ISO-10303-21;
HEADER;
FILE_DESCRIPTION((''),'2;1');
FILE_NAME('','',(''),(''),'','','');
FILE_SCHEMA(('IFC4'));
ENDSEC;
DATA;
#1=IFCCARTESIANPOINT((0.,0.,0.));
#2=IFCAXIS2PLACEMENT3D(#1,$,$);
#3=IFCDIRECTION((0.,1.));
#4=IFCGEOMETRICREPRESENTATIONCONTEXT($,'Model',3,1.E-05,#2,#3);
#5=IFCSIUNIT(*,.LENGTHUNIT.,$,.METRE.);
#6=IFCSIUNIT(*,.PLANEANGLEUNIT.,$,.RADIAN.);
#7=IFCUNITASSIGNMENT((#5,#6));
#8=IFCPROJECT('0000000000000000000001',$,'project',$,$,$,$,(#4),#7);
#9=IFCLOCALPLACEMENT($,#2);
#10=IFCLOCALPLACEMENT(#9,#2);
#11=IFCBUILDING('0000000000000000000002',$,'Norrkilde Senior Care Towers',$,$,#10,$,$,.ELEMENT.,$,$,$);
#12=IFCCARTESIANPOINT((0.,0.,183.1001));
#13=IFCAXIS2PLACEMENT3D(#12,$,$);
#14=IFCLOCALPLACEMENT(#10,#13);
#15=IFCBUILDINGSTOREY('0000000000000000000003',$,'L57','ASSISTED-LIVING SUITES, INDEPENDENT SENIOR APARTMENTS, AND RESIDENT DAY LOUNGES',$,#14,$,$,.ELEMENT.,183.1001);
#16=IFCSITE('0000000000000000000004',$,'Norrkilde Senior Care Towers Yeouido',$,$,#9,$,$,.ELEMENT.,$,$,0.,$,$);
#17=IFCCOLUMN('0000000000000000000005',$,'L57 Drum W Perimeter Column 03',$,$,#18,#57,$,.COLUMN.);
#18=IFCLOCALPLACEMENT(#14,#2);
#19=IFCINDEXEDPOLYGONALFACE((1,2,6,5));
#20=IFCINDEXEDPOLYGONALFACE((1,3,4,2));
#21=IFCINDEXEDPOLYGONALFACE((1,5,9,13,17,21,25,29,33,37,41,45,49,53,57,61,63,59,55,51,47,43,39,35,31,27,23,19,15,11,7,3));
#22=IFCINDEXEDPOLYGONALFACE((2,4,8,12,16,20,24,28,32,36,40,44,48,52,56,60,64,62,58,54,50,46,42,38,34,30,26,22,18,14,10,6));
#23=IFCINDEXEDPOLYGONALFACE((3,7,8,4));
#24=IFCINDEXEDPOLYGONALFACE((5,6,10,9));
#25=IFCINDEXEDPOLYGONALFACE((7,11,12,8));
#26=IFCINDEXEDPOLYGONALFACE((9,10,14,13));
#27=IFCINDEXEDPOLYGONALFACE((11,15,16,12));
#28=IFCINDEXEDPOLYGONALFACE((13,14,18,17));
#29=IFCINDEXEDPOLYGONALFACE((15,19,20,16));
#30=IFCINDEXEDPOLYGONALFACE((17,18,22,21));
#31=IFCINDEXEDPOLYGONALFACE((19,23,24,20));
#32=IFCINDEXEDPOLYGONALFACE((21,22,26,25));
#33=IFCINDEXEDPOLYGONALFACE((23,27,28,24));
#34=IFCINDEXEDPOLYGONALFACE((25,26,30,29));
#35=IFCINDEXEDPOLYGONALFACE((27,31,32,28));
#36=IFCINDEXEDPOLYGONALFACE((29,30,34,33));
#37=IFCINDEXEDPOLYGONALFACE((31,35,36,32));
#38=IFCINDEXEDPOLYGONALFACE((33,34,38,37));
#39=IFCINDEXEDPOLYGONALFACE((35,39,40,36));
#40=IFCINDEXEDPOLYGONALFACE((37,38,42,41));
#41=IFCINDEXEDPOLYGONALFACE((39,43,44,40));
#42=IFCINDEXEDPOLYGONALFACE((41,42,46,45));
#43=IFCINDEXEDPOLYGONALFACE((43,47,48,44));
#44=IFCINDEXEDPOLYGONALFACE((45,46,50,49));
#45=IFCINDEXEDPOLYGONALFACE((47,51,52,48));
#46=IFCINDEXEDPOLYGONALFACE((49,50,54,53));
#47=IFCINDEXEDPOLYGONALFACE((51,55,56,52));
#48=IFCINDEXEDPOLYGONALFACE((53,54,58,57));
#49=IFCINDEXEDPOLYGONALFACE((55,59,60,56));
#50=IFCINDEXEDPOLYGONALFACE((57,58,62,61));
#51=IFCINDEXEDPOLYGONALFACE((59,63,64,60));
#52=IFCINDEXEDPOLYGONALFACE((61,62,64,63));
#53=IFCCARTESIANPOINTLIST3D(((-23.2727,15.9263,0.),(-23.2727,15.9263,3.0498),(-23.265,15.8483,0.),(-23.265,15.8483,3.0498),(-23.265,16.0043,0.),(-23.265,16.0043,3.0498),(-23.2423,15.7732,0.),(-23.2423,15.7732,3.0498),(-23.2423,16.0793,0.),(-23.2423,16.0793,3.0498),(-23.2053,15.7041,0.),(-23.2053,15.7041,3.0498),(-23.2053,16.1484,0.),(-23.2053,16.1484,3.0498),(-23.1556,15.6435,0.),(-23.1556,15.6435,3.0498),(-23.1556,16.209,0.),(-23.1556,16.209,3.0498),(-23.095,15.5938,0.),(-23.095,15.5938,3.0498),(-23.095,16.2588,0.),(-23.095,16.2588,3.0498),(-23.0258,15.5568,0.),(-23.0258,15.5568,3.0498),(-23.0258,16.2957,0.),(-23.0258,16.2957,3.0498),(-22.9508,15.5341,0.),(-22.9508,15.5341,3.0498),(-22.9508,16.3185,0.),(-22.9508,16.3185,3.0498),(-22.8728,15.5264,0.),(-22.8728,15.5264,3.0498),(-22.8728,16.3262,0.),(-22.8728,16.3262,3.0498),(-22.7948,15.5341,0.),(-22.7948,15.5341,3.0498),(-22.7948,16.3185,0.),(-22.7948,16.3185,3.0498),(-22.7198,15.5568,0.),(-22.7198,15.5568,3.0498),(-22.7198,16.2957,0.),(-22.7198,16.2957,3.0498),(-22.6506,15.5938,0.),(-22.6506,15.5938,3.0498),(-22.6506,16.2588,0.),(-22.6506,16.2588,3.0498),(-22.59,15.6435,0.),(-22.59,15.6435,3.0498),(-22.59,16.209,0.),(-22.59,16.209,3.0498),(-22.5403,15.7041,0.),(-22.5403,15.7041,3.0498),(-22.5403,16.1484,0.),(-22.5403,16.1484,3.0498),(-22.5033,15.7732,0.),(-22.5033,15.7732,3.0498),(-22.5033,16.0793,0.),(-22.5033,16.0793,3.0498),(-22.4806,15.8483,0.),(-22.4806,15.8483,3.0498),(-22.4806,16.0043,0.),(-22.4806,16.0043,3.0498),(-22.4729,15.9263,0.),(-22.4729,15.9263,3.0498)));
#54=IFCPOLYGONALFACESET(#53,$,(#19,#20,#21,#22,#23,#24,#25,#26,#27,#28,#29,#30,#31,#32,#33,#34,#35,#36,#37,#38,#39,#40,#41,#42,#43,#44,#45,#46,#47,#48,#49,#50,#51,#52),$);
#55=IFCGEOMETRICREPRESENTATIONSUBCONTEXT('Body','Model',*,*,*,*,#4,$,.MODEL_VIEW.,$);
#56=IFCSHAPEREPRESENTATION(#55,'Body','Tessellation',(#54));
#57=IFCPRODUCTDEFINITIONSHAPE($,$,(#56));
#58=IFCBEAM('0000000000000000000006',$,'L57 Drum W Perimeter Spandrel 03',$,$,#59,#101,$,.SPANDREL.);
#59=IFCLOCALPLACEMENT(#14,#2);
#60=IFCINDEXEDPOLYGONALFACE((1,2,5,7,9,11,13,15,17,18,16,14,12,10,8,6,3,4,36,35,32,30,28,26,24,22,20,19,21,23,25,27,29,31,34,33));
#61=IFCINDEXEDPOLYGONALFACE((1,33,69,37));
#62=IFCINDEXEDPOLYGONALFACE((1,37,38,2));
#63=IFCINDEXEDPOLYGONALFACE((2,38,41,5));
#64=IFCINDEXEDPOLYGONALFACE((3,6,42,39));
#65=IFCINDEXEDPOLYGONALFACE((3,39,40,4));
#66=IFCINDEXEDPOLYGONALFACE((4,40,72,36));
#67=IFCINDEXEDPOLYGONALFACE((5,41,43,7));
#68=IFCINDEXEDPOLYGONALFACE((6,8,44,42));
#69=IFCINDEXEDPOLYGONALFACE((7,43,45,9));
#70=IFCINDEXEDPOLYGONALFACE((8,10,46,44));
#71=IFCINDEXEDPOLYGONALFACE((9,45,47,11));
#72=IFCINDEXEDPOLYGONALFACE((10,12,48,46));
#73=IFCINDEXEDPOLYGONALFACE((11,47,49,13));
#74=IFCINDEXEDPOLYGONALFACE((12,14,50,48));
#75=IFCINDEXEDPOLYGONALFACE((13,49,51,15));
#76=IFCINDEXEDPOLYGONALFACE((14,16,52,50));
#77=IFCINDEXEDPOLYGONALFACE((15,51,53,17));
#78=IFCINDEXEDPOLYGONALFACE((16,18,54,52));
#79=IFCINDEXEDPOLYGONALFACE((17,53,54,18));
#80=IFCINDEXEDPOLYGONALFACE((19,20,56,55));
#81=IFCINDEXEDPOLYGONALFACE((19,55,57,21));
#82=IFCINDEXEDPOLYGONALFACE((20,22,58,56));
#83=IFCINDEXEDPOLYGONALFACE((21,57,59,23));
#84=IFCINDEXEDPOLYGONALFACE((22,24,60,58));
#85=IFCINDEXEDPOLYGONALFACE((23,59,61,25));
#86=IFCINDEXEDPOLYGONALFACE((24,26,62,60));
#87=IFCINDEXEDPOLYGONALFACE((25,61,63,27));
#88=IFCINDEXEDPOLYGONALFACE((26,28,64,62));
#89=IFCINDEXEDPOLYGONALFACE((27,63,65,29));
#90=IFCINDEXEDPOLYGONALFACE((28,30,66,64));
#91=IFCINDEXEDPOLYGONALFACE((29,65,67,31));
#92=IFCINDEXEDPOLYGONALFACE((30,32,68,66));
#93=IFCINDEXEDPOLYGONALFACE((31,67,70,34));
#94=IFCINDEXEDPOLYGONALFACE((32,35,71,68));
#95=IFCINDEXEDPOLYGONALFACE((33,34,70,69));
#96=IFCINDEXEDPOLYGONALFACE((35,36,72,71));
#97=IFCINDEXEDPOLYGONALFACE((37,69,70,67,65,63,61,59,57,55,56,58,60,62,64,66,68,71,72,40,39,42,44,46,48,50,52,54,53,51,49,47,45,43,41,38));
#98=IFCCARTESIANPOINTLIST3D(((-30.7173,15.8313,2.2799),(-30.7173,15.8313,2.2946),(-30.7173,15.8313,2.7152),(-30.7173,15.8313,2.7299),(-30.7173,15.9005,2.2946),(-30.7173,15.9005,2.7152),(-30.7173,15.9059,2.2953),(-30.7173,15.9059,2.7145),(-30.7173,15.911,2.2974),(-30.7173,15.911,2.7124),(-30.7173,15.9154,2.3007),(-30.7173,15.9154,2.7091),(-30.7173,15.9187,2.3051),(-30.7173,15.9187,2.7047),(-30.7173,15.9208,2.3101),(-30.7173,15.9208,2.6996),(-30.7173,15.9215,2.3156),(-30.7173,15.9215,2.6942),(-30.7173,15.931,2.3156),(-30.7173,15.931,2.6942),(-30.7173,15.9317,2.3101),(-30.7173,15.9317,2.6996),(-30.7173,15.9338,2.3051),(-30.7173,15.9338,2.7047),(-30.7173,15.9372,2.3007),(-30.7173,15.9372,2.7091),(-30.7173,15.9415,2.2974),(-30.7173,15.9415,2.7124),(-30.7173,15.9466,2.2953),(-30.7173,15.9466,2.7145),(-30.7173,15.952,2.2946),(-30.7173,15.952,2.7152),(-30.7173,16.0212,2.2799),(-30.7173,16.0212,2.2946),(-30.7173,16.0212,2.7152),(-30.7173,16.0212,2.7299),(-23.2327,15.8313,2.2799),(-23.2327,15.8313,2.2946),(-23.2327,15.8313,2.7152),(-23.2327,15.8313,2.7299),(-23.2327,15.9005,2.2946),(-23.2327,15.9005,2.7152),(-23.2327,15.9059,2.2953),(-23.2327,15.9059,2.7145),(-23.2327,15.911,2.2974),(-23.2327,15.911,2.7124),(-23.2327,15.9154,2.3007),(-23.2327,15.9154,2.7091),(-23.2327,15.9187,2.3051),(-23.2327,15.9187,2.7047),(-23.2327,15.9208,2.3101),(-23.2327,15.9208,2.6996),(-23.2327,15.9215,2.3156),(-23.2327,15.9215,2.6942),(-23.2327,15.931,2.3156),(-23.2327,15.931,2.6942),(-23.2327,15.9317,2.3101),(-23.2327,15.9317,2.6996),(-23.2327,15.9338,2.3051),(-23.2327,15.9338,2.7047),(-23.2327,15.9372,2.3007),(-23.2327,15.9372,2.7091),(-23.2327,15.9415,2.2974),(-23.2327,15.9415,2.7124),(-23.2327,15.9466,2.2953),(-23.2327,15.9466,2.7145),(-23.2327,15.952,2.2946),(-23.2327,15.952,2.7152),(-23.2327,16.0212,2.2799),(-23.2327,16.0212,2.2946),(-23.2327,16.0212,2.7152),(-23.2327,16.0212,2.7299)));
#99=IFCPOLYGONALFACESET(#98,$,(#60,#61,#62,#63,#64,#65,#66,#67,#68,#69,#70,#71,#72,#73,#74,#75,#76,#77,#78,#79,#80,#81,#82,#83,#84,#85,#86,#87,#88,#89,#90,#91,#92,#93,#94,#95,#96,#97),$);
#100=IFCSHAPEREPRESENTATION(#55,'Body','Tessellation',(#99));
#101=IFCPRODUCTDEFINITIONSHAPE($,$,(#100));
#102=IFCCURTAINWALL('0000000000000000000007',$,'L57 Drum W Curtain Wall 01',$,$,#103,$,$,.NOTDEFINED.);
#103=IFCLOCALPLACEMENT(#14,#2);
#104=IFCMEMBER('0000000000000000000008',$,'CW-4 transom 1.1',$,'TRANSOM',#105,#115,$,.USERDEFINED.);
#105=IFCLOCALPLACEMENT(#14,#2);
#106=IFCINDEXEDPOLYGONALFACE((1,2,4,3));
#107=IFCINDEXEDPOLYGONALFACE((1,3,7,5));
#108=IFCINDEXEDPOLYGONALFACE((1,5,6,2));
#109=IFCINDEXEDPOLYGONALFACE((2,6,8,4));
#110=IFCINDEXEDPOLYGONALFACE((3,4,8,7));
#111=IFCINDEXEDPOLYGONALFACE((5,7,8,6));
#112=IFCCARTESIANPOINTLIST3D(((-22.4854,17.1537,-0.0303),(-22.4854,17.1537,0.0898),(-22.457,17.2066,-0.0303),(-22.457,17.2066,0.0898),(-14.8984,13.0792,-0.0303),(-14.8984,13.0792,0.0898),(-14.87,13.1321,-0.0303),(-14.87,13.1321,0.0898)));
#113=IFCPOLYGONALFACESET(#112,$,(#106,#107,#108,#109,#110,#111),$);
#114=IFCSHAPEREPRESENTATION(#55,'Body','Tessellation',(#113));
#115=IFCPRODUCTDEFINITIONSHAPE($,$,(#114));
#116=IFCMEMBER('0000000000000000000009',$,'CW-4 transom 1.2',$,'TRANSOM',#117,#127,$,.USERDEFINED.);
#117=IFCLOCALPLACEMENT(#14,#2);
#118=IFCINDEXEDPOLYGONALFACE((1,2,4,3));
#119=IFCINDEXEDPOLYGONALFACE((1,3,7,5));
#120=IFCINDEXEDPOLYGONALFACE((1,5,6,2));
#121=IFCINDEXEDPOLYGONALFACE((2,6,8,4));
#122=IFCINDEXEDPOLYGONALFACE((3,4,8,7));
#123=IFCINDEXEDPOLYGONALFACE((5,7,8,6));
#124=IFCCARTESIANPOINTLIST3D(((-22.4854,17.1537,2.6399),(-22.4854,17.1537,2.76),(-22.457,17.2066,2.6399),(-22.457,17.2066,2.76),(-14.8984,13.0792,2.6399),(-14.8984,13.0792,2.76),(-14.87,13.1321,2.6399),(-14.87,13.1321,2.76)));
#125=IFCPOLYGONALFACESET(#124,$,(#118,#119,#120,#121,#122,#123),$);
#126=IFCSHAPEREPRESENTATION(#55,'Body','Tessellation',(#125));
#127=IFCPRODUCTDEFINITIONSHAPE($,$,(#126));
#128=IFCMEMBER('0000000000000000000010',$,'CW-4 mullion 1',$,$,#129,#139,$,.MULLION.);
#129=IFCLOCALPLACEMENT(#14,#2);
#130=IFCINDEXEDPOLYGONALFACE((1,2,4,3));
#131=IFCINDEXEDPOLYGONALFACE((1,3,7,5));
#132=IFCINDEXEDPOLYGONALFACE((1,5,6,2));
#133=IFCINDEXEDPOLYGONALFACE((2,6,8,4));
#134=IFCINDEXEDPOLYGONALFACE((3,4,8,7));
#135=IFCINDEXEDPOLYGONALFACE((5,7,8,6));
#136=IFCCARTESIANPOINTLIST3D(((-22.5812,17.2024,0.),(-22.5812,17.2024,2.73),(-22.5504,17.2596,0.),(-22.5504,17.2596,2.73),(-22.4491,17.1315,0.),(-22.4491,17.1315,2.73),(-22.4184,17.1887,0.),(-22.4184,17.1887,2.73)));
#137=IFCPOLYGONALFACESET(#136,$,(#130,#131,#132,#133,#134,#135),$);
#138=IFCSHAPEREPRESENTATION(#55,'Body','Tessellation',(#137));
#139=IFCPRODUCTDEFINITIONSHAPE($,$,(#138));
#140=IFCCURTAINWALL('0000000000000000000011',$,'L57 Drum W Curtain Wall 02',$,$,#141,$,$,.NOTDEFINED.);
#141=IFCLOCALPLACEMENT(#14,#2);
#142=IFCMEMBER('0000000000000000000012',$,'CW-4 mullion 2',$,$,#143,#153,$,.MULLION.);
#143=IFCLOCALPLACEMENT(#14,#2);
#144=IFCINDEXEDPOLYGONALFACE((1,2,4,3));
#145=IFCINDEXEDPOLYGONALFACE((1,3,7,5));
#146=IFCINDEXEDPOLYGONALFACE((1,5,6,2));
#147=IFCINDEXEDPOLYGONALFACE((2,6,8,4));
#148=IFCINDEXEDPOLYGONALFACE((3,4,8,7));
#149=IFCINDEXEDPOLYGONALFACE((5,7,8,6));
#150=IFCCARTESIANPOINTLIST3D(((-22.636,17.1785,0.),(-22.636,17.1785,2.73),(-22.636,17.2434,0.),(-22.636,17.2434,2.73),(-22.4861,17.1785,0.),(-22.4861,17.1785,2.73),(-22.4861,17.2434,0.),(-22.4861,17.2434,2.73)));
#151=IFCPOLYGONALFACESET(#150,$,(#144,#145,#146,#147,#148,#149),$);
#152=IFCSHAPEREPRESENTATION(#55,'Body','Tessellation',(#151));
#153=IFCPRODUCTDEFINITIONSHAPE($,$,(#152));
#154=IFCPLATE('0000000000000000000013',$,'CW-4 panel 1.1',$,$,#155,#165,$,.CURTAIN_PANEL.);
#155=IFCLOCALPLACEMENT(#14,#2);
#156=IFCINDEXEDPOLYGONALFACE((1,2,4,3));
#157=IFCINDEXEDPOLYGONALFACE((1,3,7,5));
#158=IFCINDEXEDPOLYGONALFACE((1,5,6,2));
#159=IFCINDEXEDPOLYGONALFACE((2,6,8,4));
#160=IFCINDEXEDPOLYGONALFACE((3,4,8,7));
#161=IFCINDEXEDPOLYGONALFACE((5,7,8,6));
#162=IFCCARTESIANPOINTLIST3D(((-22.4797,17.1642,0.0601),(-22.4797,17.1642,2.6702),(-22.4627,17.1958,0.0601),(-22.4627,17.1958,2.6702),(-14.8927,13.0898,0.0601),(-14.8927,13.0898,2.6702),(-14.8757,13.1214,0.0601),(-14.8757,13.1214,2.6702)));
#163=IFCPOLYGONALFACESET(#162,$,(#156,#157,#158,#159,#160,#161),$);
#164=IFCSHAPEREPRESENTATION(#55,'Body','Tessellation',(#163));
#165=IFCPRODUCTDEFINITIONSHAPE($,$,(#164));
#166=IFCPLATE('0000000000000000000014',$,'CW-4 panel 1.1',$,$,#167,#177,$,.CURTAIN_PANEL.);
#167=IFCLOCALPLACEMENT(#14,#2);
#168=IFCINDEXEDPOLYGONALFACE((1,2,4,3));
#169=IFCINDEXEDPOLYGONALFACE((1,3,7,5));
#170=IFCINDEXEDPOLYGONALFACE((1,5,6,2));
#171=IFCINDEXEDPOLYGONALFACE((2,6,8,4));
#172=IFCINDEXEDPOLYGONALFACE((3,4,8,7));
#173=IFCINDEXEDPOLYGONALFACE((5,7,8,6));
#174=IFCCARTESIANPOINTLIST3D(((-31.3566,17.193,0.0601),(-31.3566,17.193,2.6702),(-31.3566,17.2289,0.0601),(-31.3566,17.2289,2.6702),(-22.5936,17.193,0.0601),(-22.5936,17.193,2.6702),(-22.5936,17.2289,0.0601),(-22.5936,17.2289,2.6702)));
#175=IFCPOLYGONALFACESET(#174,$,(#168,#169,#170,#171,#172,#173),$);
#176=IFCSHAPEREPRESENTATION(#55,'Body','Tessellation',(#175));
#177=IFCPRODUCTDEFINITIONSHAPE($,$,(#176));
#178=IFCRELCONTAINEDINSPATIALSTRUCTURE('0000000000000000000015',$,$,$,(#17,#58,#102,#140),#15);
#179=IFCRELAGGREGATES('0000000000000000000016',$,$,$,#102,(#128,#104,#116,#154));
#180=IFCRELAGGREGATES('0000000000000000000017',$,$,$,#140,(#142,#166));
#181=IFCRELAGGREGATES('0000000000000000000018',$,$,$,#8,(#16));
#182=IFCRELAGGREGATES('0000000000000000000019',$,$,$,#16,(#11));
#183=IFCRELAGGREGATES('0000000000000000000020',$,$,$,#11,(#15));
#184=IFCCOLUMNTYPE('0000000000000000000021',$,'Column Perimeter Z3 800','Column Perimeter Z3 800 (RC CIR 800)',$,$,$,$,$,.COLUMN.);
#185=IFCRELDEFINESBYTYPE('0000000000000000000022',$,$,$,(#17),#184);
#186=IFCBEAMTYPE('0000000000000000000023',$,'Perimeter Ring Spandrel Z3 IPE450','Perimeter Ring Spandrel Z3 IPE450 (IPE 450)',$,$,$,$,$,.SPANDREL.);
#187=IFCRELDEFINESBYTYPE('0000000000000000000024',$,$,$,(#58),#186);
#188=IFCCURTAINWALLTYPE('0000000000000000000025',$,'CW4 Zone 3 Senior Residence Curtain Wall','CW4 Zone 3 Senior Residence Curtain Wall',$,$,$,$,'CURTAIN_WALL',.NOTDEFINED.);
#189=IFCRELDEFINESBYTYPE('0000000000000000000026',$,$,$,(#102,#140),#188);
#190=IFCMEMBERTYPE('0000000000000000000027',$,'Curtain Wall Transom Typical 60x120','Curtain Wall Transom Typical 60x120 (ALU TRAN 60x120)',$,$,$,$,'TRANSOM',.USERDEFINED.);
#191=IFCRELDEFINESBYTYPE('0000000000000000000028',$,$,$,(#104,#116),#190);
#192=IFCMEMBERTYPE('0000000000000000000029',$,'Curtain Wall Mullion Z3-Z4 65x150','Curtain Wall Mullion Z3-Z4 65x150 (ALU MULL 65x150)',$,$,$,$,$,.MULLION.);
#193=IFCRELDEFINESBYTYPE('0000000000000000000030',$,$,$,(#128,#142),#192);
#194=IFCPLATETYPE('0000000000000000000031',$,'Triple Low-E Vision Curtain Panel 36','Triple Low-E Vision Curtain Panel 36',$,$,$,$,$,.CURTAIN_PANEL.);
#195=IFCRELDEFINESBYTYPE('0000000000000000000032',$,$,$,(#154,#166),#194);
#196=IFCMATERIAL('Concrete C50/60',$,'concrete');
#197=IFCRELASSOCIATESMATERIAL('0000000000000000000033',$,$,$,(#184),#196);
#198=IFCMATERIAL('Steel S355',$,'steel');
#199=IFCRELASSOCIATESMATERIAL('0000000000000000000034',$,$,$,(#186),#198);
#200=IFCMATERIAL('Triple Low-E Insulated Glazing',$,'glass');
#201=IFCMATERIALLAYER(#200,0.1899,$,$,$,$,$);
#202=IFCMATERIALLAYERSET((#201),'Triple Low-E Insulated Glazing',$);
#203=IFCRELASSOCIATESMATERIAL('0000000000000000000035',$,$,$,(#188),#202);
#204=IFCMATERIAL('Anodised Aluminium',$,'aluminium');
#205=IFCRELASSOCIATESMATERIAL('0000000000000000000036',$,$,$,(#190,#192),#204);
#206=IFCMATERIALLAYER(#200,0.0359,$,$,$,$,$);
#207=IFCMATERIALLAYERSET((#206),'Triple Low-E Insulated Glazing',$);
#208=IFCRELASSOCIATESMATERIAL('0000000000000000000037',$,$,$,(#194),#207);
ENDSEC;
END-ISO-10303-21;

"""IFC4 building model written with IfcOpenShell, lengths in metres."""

from ifc_helpers import new_model, si_unit, direction, frame, origin, origin_2d, place, context, subcontext, project, spatial, rectangle, circle, i_section, extrude, source, transform, mapped, material, layer, layer_set, material_profile, profile_set, type_object, type_shapes, element, aggregate, save


model = new_model("IFC4")

# Units and contexts
model_context = context("Model", 3, precision=1e-05, world=origin(), true_north=direction((0.0, 1.0)))
body_context = subcontext(model_context, "Body", "Model", "MODEL_VIEW")
ifc_project = project(units=[si_unit("LENGTHUNIT", "METRE"), si_unit("PLANEANGLEUNIT", "RADIAN")], contexts=[model_context])

# Site, building, storey
site_placement = place(None, origin())
site = spatial("IfcSite", under=ifc_project, at=site_placement, Name="Norrkilde Senior Care Towers Yeouido", CompositionType="ELEMENT", RefElevation=0.0)
building_placement = place(site_placement, origin())
building = spatial("IfcBuilding", under=site, at=building_placement, Name="Norrkilde Senior Care Towers", CompositionType="ELEMENT")
storey_placement = place(building_placement, frame((0.0, 0.0, 183.1001)))
storey = spatial("IfcBuildingStorey", under=building, at=storey_placement, Name="L57", Description="ASSISTED-LIVING SUITES, INDEPENDENT SENIOR APARTMENTS, AND RESIDENT DAY LOUNGES", CompositionType="ELEMENT", Elevation=183.1001)

# Column
ifc_material_1 = material(Name="Concrete C50/60", Category="concrete")
ifc_material_profile_1 = material_profile(ifc_material_1, circle(Radius=0.3999, at=origin_2d()), Name="RC CIR 800")
ifc_profile_set_1 = profile_set([ifc_material_profile_1], Name="Concrete C50/60")
column_type = type_object("IfcColumnType", Name="Column Perimeter Z3 800", Description="Column Perimeter Z3 800 (RC CIR 800)", PredefinedType="COLUMN", material=ifc_profile_set_1)
shared_shape_1 = source(origin(), body_context, "Body", "SweptSolid", [
    extrude(circle(Radius=0.3999, at=origin_2d()), origin(), (0.0, 0.0, 1.0), 3.0498),
])
type_shapes(column_type, [shared_shape_1])
column_placement = place(storey_placement, frame((-22.8728, 15.9263, 0.0), z_axis=(0.0, 0.0, 1.0), x_axis=(1.0, 0.0, 0.0)))
element("IfcColumn", 1, at=column_placement, inside=storey, type_object=column_type, Name="L57 Drum W Perimeter Column 03", PredefinedType="COLUMN", context=body_context, shape_type="MappedRepresentation", body=[
    mapped(shared_shape_1, transform((0.0, 0.0, 0.0), x_axis=(1.0, 0.0, 0.0), y_axis=(0.0, 1.0, 0.0), z_axis=(0.0, 0.0, 1.0), scale=1.0)),
])

# Beam
ifc_material_2 = material(Name="Steel S355", Category="steel")
ifc_material_profile_2 = material_profile(ifc_material_2, i_section(OverallWidth=0.1899, OverallDepth=0.45, WebThickness=0.0095, FlangeThickness=0.0146, FilletRadius=0.021, at=origin_2d()), Name="IPE 450")
ifc_profile_set_2 = profile_set([ifc_material_profile_2], Name="Steel S355")
beam_type = type_object("IfcBeamType", Name="Perimeter Ring Spandrel Z3 IPE450", Description="Perimeter Ring Spandrel Z3 IPE450 (IPE 450)", PredefinedType="SPANDREL", material=ifc_profile_set_2)
shared_shape_2 = source(origin(), body_context, "Body", "SweptSolid", [
    extrude(i_section(OverallWidth=0.1899, OverallDepth=0.45, WebThickness=0.0095, FlangeThickness=0.0146, FilletRadius=0.021, at=origin_2d()), origin(), (0.0, 0.0, 1.0), 7.4846),
])
type_shapes(beam_type, [shared_shape_2])
beam_placement = place(storey_placement, frame((-23.2327, 15.9263, 2.5049), z_axis=(-1.0, 0.0, 0.0), x_axis=(0.0, -1.0, 0.0)))
element("IfcBeam", 2, at=beam_placement, inside=storey, type_object=beam_type, Name="L57 Drum W Perimeter Spandrel 03", PredefinedType="SPANDREL", context=body_context, shape_type="MappedRepresentation", body=[
    mapped(shared_shape_2, transform((0.0, 0.0, 0.0), x_axis=(1.0, 0.0, 0.0), y_axis=(0.0, 1.0, 0.0), z_axis=(0.0, 0.0, 1.0), scale=1.0)),
])

# Curtain wall, members
ifc_material_3 = material(Name="Triple Low-E Insulated Glazing", Category="glass")
ifc_layer_1 = layer(ifc_material_3, 0.1899)
ifc_layer_set_1 = layer_set([ifc_layer_1], Name="Triple Low-E Insulated Glazing")
curtain_wall_type = type_object("IfcCurtainWallType", Name="CW4 Zone 3 Senior Residence Curtain Wall", Description="CW4 Zone 3 Senior Residence Curtain Wall", ElementType="CURTAIN_WALL", PredefinedType="NOTDEFINED", material=ifc_layer_set_1)
curtain_wall_1_placement = place(storey_placement, origin())
curtain_wall_1 = element("IfcCurtainWall", 3, at=curtain_wall_1_placement, inside=storey, type_object=curtain_wall_type, Name="L57 Drum W Curtain Wall 01", PredefinedType="NOTDEFINED")
ifc_material_4 = material(Name="Anodised Aluminium", Category="aluminium")
ifc_material_profile_3 = material_profile(ifc_material_4, rectangle(XDim=0.0601, YDim=0.1201, at=origin_2d()), Name="ALU TRAN 60x120")
ifc_profile_set_3 = profile_set([ifc_material_profile_3], Name="Anodised Aluminium")
member_type_1 = type_object("IfcMemberType", Name="Curtain Wall Transom Typical 60x120", Description="Curtain Wall Transom Typical 60x120 (ALU TRAN 60x120)", ElementType="TRANSOM", PredefinedType="USERDEFINED", material=ifc_profile_set_3)
shared_shape_3 = source(origin(), body_context, "Body", "SweptSolid", [
    extrude(rectangle(XDim=0.0601, YDim=0.1201, at=origin_2d()), origin(), (0.0, 0.0, 1.0), 8.6118),
])
type_shapes(member_type_1, [shared_shape_3])
member_1_placement = place(storey_placement, frame((-22.4712, 17.1802, 0.0298), z_axis=(0.880994, -0.473127, 0.0), x_axis=(0.473127, 0.880994, 0.0)))
member_1 = element("IfcMember", 4, at=member_1_placement, type_object=member_type_1, Name="CW-4 transom 1.1", ObjectType="TRANSOM", PredefinedType="USERDEFINED", context=body_context, shape_type="MappedRepresentation", body=[
    mapped(shared_shape_3, transform((0.0, 0.0, 0.0), x_axis=(1.0, 0.0, 0.0), y_axis=(0.0, 1.0, 0.0), z_axis=(0.0, 0.0, 1.0), scale=1.0)),
])
member_2_placement = place(storey_placement, frame((-22.4712, 17.1802, 2.7), z_axis=(0.880994, -0.473127, 0.0), x_axis=(0.473127, 0.880994, 0.0)))
member_2 = element("IfcMember", 5, at=member_2_placement, type_object=member_type_1, Name="CW-4 transom 1.2", ObjectType="TRANSOM", PredefinedType="USERDEFINED", context=body_context, shape_type="MappedRepresentation", body=[
    mapped(shared_shape_3, transform((0.0, 0.0, 0.0), x_axis=(1.0, 0.0, 0.0), y_axis=(0.0, 1.0, 0.0), z_axis=(0.0, 0.0, 1.0), scale=1.0)),
])
ifc_material_profile_4 = material_profile(ifc_material_4, rectangle(XDim=0.0649, YDim=0.1499, at=origin_2d()), Name="ALU MULL 65x150")
ifc_profile_set_4 = profile_set([ifc_material_profile_4], Name="Anodised Aluminium")
member_type_2 = type_object("IfcMemberType", Name="Curtain Wall Mullion Z3-Z4 65x150", Description="Curtain Wall Mullion Z3-Z4 65x150 (ALU MULL 65x150)", PredefinedType="MULLION", material=ifc_profile_set_4)
shared_shape_4 = source(origin(), body_context, "Body", "SweptSolid", [
    extrude(rectangle(XDim=0.0649, YDim=0.1499, at=origin_2d()), origin(), (0.0, 0.0, 1.0), 2.73),
])
type_shapes(member_type_2, [shared_shape_4])
member_3_placement = place(storey_placement, frame((-22.4998, 17.1956, 0.0), z_axis=(0.0, 0.0, 1.0), x_axis=(0.473117, 0.881, 0.0)))
member_3 = element("IfcMember", 6, at=member_3_placement, type_object=member_type_2, Name="CW-4 mullion 1", PredefinedType="MULLION", context=body_context, shape_type="MappedRepresentation", body=[
    mapped(shared_shape_4, transform((0.0, 0.0, 0.0), x_axis=(1.0, 0.0, 0.0), y_axis=(0.0, 1.0, 0.0), z_axis=(0.0, 0.0, 1.0), scale=1.0)),
])

# Curtain wall, member
curtain_wall_2_placement = place(storey_placement, origin())
curtain_wall_2 = element("IfcCurtainWall", 7, at=curtain_wall_2_placement, inside=storey, type_object=curtain_wall_type, Name="L57 Drum W Curtain Wall 02", PredefinedType="NOTDEFINED")
member_4_placement = place(storey_placement, frame((-22.561, 17.2109, 0.0), z_axis=(0.0, 0.0, 1.0), x_axis=(0.0, 1.0, 0.0)))
member_4 = element("IfcMember", 8, at=member_4_placement, type_object=member_type_2, Name="CW-4 mullion 2", PredefinedType="MULLION", context=body_context, shape_type="MappedRepresentation", body=[
    mapped(shared_shape_4, transform((0.0, 0.0, 0.0), x_axis=(1.0, 0.0, 0.0), y_axis=(0.0, 1.0, 0.0), z_axis=(0.0, 0.0, 1.0), scale=1.0)),
])

# Plates
ifc_layer_2 = layer(ifc_material_3, 0.0359)
ifc_layer_set_2 = layer_set([ifc_layer_2], Name="Triple Low-E Insulated Glazing")
plate_type = type_object("IfcPlateType", Name="Triple Low-E Vision Curtain Panel 36", Description="Triple Low-E Vision Curtain Panel 36", PredefinedType="CURTAIN_PANEL", material=ifc_layer_set_2)
shared_shape_5 = source(origin(), body_context, "Body", "SweptSolid", [
    extrude(rectangle(XDim=8.6118, YDim=0.0359, at=origin_2d()), origin(), (0.0, 0.0, 1.0), 2.6101),
])
plate_1_placement = place(storey_placement, frame((-18.6777, 15.1428, 0.0601), z_axis=(0.0, 0.0, 1.0), x_axis=(0.881, -0.473117, 0.0)))
plate_1 = element("IfcPlate", 9, at=plate_1_placement, type_object=plate_type, Name="CW-4 panel 1.1", PredefinedType="CURTAIN_PANEL", context=body_context, shape_type="MappedRepresentation", body=[
    mapped(shared_shape_5, transform((0.0, 0.0, 0.0), x_axis=(1.0, 0.0, 0.0), y_axis=(0.0, 1.0, 0.0), z_axis=(0.0, 0.0, 1.0), scale=1.0)),
])
aggregate(curtain_wall_1, [member_3, member_1, member_2, plate_1])
shared_shape_6 = source(origin(), body_context, "Body", "SweptSolid", [
    extrude(rectangle(XDim=8.7629, YDim=0.0359, at=origin_2d()), origin(), (0.0, 0.0, 1.0), 2.6101),
])
type_shapes(plate_type, [shared_shape_5, shared_shape_6])
plate_2_placement = place(storey_placement, frame((-26.9751, 17.2109, 0.0601), z_axis=(0.0, 0.0, 1.0), x_axis=(1.0, 0.0, 0.0)))
plate_2 = element("IfcPlate", 10, at=plate_2_placement, type_object=plate_type, Name="CW-4 panel 1.1", PredefinedType="CURTAIN_PANEL", context=body_context, shape_type="MappedRepresentation", body=[
    mapped(shared_shape_6, transform((0.0, 0.0, 0.0), x_axis=(1.0, 0.0, 0.0), y_axis=(0.0, 1.0, 0.0), z_axis=(0.0, 0.0, 1.0), scale=1.0)),
])
aggregate(curtain_wall_2, [member_4, plate_2])

save(model, "model.ifc")
